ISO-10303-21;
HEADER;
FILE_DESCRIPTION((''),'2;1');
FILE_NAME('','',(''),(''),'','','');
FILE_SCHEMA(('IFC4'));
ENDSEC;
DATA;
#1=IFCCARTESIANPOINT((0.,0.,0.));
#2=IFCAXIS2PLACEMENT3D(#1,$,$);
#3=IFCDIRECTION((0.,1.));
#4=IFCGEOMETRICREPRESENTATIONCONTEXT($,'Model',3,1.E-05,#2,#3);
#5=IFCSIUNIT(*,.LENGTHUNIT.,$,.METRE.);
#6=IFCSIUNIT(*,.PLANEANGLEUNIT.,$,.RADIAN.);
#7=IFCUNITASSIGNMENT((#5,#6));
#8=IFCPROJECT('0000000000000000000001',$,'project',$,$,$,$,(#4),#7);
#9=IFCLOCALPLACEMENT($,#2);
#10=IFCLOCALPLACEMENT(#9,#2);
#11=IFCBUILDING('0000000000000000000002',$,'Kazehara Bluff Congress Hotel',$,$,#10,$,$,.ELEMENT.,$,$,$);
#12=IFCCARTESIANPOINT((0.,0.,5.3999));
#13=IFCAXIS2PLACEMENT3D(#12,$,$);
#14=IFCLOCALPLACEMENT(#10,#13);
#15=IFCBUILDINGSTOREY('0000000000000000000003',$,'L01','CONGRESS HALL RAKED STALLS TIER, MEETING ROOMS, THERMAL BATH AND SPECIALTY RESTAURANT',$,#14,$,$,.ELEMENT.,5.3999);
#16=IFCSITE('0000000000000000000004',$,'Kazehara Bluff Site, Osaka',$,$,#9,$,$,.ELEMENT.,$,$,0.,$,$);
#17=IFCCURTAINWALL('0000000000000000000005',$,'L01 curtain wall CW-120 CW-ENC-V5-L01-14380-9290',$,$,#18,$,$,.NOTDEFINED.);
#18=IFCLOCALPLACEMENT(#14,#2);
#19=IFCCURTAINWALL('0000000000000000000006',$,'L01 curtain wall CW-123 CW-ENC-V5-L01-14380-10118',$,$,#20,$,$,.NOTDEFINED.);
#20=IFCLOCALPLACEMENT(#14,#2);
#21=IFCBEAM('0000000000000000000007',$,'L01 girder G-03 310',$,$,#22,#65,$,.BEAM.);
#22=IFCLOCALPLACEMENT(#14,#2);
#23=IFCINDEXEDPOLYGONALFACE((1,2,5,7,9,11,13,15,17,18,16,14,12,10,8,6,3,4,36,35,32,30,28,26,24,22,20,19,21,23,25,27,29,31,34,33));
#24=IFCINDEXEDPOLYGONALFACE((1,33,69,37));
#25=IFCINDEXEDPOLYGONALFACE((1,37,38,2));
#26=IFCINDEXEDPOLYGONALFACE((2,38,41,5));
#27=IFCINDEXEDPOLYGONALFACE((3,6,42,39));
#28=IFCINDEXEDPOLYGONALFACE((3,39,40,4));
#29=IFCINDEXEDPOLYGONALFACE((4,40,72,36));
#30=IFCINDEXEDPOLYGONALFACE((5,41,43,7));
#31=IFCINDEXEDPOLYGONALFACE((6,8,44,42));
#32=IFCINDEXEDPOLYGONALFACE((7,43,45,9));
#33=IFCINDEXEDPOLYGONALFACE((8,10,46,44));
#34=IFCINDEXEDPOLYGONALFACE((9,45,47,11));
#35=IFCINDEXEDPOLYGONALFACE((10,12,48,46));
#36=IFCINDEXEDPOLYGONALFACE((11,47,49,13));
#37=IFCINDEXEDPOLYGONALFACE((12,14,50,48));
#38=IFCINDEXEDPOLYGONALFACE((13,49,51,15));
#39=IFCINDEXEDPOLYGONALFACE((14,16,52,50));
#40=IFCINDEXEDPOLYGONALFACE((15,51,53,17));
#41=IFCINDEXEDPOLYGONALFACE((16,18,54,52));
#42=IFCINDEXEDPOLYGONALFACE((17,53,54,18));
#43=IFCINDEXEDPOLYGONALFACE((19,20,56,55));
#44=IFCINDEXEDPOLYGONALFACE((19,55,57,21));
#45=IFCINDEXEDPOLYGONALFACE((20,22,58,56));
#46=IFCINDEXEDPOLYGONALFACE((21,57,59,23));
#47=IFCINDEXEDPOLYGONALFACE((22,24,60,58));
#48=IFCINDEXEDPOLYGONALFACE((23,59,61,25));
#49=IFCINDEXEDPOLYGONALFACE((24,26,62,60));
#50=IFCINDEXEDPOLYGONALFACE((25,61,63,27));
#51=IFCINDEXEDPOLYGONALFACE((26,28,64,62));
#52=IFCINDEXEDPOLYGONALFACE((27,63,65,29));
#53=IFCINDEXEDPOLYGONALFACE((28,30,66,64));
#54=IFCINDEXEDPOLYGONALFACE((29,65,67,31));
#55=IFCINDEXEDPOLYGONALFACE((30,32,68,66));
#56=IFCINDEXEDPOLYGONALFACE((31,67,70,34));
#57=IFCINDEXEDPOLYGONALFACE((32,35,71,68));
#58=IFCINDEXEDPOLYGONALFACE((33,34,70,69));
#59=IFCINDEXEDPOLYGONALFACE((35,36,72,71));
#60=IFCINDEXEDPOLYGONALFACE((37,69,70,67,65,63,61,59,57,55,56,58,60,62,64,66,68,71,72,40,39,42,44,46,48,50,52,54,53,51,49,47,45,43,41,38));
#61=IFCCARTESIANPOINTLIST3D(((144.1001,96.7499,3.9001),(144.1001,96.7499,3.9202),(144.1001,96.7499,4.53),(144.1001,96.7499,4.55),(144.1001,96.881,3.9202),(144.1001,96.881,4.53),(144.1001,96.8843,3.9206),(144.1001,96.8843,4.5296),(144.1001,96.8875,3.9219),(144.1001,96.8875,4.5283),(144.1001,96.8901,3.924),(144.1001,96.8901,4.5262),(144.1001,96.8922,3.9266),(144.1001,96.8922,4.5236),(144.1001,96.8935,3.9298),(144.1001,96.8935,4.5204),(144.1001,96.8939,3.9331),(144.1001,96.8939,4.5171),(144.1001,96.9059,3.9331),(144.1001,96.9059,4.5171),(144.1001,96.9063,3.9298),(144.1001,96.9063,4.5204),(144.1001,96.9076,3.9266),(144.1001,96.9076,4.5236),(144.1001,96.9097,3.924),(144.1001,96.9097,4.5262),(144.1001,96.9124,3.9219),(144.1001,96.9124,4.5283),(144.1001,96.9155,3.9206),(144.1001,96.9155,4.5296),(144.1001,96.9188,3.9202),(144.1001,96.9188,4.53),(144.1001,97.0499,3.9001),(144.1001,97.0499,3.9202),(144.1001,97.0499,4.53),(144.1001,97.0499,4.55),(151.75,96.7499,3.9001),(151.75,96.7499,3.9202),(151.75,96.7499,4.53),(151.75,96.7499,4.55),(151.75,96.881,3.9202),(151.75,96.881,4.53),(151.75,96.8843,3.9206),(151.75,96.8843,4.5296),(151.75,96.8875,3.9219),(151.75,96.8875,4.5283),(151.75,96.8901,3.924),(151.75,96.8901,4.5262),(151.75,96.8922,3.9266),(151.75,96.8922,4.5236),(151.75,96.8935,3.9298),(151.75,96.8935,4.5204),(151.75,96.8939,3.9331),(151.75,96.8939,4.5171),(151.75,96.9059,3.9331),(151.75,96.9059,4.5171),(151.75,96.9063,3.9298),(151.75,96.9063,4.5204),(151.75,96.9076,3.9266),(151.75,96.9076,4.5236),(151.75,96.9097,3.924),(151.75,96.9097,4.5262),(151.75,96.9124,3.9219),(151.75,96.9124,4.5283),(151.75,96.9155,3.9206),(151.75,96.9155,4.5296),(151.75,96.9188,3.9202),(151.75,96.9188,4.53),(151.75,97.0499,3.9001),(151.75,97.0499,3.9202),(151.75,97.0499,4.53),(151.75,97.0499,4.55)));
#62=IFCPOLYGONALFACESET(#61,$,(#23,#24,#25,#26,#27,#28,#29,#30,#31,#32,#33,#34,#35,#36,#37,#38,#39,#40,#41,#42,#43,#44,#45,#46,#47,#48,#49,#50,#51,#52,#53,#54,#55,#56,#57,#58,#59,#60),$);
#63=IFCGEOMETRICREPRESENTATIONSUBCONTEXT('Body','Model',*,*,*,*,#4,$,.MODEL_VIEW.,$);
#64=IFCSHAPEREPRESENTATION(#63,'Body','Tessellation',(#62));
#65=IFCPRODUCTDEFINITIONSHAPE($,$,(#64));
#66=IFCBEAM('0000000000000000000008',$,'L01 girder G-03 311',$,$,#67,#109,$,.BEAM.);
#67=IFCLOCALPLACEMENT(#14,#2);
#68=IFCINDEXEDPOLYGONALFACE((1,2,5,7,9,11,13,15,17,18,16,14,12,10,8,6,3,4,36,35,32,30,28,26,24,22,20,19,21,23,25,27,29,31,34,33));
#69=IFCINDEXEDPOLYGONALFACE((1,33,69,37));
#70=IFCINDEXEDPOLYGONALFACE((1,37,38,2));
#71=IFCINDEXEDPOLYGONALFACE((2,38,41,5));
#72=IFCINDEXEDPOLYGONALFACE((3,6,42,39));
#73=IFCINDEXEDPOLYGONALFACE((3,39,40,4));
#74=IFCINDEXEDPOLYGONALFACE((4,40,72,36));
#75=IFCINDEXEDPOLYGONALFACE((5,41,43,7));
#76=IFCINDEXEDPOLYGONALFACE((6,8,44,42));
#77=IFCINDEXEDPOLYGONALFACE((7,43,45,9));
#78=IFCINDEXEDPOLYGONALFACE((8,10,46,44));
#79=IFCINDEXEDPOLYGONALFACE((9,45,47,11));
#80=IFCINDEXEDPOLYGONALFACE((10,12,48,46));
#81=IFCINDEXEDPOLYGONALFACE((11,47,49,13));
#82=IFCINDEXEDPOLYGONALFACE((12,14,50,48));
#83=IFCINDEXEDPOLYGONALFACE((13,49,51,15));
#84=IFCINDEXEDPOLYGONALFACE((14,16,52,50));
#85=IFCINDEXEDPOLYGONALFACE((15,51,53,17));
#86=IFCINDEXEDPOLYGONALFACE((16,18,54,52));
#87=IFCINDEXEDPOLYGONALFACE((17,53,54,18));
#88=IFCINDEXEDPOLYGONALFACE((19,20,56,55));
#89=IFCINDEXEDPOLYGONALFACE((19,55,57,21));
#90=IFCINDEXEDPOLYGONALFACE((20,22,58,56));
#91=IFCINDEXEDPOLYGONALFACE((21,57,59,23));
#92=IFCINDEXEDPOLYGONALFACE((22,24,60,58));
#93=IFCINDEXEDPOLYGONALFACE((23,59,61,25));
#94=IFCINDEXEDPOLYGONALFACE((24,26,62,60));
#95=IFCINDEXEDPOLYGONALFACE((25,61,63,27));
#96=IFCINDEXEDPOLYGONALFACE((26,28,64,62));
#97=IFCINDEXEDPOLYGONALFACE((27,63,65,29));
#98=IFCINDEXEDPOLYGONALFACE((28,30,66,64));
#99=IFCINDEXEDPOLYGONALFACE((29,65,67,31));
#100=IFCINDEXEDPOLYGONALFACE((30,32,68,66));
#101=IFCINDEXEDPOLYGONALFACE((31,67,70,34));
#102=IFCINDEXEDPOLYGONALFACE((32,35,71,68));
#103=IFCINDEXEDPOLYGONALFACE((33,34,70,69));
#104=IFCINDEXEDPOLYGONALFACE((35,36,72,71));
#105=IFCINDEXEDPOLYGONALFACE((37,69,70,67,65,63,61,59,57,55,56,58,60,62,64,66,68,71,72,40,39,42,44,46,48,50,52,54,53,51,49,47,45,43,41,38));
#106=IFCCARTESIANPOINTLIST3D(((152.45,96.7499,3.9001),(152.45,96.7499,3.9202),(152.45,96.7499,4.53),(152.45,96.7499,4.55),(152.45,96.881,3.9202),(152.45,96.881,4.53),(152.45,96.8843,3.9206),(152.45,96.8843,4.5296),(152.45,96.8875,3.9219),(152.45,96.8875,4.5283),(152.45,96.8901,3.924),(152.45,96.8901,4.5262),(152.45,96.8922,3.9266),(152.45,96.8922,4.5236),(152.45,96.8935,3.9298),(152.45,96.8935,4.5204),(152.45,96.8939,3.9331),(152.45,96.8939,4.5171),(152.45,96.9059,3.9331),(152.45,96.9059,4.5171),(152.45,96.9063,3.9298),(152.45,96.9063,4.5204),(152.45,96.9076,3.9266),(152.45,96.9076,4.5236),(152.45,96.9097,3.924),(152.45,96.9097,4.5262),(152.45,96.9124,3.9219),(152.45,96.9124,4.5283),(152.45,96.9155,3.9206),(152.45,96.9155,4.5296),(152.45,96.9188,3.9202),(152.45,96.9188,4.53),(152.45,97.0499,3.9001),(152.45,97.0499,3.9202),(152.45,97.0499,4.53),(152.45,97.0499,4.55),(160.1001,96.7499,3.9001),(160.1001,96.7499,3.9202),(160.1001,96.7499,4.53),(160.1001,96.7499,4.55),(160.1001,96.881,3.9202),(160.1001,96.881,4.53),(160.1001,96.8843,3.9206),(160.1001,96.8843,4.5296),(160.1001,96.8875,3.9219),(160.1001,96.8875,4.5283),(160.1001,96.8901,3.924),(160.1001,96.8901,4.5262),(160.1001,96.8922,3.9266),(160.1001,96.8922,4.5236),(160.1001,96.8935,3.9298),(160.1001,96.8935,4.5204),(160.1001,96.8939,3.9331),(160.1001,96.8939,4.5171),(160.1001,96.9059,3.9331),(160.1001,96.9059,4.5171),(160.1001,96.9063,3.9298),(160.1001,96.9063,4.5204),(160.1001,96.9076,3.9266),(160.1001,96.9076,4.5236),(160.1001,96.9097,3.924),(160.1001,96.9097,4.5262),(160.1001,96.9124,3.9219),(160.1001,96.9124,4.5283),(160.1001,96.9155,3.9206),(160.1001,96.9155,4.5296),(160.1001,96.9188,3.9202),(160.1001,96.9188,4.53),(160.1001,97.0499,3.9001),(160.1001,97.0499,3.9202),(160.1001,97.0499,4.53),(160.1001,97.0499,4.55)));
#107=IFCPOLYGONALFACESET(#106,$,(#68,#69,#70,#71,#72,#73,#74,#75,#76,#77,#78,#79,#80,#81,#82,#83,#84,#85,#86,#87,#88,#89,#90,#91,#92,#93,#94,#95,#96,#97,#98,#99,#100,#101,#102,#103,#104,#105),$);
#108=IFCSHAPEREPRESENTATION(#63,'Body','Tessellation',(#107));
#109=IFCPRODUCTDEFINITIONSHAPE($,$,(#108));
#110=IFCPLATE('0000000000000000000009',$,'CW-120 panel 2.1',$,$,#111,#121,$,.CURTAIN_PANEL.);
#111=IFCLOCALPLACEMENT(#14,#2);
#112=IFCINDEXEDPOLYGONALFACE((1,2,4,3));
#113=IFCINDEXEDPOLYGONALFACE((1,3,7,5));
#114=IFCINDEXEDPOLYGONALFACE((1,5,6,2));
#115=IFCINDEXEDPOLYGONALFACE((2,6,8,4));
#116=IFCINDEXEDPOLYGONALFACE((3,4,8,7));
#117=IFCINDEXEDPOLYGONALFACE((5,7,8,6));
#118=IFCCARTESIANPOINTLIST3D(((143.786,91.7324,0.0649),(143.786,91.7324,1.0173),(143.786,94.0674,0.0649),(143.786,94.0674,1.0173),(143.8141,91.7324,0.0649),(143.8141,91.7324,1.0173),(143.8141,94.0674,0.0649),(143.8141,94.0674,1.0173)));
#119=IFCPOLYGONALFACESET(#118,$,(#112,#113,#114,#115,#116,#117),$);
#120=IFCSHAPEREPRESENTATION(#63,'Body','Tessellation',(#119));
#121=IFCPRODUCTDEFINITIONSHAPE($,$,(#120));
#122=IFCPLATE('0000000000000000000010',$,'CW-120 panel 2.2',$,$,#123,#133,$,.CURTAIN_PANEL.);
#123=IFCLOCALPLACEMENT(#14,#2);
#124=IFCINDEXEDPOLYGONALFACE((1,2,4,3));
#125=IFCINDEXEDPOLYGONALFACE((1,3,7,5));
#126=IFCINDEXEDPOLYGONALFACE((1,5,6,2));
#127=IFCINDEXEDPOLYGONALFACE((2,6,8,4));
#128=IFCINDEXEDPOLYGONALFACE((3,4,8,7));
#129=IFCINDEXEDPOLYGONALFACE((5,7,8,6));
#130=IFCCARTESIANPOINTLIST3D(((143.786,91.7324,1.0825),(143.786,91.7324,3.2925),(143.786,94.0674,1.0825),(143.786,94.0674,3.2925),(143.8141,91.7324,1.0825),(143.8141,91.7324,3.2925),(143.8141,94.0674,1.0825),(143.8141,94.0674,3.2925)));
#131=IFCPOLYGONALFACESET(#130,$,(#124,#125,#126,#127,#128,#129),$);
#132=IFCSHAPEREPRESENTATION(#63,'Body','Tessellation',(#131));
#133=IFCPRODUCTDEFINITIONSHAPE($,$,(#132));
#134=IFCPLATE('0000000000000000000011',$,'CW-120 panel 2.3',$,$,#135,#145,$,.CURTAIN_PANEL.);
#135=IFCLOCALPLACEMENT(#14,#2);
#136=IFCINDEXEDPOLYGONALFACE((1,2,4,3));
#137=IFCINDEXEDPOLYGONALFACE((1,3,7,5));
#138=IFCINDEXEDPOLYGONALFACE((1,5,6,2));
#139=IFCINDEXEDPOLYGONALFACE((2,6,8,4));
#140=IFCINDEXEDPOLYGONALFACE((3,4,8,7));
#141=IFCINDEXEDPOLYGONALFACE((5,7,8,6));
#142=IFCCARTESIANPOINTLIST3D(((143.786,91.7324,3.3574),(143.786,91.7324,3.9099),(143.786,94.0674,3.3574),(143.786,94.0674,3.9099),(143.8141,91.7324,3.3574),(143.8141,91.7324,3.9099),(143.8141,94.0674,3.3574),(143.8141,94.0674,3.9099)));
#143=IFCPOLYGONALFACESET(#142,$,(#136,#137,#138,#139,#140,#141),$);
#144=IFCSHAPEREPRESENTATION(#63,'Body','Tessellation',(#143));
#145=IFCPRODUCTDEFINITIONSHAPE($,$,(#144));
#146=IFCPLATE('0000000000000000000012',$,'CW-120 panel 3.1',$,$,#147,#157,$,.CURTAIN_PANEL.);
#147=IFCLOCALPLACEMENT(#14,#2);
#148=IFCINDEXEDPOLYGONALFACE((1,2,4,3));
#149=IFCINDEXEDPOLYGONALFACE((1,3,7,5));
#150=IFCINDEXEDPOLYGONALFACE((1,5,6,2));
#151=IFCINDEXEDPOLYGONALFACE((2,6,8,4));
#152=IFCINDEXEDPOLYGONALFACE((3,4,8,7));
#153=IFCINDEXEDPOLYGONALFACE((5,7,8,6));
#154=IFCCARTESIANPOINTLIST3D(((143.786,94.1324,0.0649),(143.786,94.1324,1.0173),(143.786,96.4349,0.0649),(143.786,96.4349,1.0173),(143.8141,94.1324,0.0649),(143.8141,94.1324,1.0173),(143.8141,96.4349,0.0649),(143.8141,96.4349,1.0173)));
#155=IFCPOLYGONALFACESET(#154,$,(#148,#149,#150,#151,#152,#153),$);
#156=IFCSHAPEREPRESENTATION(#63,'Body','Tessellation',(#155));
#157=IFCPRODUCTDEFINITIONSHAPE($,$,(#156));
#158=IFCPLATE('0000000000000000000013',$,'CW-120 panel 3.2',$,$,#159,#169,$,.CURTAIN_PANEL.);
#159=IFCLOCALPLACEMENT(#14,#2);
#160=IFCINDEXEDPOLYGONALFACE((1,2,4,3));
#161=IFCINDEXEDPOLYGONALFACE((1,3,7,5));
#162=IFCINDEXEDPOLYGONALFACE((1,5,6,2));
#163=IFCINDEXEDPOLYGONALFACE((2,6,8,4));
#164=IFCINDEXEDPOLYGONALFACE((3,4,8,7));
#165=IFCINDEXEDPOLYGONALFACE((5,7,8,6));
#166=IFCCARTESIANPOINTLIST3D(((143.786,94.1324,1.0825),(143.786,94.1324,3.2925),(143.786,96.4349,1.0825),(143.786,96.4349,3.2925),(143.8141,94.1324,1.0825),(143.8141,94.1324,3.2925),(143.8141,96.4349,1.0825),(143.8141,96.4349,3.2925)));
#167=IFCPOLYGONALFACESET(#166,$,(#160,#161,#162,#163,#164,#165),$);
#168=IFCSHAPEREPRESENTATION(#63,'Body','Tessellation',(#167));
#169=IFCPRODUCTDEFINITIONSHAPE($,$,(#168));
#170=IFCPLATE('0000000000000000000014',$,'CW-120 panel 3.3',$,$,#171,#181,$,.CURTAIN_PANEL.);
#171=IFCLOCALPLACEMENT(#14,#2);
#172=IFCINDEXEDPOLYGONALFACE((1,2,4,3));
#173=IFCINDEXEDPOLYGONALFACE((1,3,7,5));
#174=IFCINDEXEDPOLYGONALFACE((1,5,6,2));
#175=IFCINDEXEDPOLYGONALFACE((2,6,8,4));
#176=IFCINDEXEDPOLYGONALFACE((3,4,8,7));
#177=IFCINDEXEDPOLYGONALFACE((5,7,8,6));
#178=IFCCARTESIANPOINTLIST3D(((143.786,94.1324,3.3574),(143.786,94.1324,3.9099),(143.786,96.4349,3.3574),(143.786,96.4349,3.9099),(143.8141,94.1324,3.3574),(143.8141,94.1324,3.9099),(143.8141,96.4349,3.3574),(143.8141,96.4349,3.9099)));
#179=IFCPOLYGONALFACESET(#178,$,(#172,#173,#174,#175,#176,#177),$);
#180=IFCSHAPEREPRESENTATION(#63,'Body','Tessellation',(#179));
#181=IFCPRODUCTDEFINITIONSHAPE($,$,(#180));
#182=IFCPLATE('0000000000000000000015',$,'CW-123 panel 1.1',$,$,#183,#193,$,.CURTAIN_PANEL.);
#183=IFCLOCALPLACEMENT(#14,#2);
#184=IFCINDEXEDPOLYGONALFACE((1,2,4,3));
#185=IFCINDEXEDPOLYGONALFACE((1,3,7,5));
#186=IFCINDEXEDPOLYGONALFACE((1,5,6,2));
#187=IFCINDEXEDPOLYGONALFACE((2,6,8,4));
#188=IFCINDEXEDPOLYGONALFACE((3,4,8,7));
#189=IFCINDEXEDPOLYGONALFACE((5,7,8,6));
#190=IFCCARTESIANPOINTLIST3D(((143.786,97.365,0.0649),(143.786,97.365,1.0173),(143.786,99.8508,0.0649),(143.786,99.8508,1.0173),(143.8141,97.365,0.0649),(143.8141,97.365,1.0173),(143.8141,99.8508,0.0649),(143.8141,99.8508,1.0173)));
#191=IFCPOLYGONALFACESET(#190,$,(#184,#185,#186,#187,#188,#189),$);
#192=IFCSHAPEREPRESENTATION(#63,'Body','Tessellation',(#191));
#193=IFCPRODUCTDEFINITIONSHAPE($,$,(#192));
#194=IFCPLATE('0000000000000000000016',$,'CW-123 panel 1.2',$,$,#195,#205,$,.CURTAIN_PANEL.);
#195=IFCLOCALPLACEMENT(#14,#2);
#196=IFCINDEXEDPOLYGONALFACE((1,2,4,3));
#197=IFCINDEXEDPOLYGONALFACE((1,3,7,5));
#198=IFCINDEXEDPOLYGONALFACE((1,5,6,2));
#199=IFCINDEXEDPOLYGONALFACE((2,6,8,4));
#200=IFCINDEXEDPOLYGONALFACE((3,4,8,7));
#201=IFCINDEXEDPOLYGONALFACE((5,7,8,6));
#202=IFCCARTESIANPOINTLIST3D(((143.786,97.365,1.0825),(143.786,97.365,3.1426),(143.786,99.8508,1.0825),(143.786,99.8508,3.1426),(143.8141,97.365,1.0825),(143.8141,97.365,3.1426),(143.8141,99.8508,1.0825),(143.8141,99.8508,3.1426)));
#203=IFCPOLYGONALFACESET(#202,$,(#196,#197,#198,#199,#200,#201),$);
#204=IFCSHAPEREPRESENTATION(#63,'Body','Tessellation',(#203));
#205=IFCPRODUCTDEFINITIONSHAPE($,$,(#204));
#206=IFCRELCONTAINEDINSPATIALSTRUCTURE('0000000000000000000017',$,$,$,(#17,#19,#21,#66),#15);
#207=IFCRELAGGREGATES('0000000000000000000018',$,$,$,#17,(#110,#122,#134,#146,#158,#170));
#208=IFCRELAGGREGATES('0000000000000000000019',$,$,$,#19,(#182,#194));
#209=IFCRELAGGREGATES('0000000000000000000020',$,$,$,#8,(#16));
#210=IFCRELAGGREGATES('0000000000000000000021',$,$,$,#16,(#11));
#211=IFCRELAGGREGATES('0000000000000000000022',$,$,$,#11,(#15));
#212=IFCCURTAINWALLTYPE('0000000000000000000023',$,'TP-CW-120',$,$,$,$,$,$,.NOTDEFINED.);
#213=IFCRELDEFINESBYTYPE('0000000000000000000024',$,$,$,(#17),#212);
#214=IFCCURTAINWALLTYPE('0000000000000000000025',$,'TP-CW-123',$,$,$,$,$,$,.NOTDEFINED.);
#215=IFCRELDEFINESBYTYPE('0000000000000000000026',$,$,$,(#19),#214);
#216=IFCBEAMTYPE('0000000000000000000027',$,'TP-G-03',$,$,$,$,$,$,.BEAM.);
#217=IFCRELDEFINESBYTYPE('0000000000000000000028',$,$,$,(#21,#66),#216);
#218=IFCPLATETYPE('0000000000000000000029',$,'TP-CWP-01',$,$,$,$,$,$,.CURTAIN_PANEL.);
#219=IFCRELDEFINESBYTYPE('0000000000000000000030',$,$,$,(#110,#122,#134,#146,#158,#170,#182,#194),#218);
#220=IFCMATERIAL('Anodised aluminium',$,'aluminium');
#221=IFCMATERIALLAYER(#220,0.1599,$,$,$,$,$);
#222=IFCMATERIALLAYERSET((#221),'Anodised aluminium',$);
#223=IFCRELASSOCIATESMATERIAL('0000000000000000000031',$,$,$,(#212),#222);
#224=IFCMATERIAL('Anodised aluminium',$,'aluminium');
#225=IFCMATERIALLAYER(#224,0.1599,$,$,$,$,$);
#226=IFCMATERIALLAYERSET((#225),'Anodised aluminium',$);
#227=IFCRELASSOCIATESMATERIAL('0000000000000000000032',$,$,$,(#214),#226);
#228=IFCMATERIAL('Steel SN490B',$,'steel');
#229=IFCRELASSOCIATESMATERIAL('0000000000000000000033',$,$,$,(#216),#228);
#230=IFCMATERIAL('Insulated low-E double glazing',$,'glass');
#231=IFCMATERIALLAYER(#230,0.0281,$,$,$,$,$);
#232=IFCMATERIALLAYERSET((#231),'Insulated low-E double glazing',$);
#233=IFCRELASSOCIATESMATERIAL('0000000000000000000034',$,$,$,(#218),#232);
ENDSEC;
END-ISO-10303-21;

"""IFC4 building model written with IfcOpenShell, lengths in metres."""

from ifc_helpers import new_model, si_unit, direction, frame, origin, origin_2d, place, context, subcontext, project, spatial, rectangle, i_section, extrude, material, layer, layer_set, material_profile, profile_set, type_object, element, aggregate, save


model = new_model("IFC4")

# Units and contexts
model_context = context("Model", 3, precision=1e-05, world=origin(), true_north=direction((0.0, 1.0)))
body_context = subcontext(model_context, "Body", "Model", "MODEL_VIEW")
ifc_project = project(units=[si_unit("LENGTHUNIT", "METRE"), si_unit("PLANEANGLEUNIT", "RADIAN")], contexts=[model_context])

# Site, building, storey
site_placement = place(None, origin())
site = spatial("IfcSite", under=ifc_project, at=site_placement, Name="Kazehara Bluff Site, Osaka", CompositionType="ELEMENT", RefElevation=0.0)
building_placement = place(site_placement, origin())
building = spatial("IfcBuilding", under=site, at=building_placement, Name="Kazehara Bluff Congress Hotel", CompositionType="ELEMENT")
storey_placement = place(building_placement, frame((0.0, 0.0, 5.3999)))
storey = spatial("IfcBuildingStorey", under=building, at=storey_placement, Name="L01", Description="CONGRESS HALL RAKED STALLS TIER, MEETING ROOMS, THERMAL BATH AND SPECIALTY RESTAURANT", CompositionType="ELEMENT", Elevation=5.3999)

# Curtain walls
ifc_material_1 = material(Name="Anodised aluminium", Category="aluminium")
ifc_layer_1 = layer(ifc_material_1, 0.1599)
ifc_layer_set_1 = layer_set([ifc_layer_1], Name="Anodised aluminium")
curtain_wall_type_1 = type_object("IfcCurtainWallType", Name="TP-CW-120", PredefinedType="NOTDEFINED", material=ifc_layer_set_1)
curtain_wall_1_placement = place(storey_placement, origin())
curtain_wall_1 = element("IfcCurtainWall", 1, at=curtain_wall_1_placement, inside=storey, type_object=curtain_wall_type_1, Name="L01 curtain wall CW-120 CW-ENC-V5-L01-14380-9290", PredefinedType="NOTDEFINED")
ifc_material_2 = material(Name="Anodised aluminium", Category="aluminium")
ifc_layer_2 = layer(ifc_material_2, 0.1599)
ifc_layer_set_2 = layer_set([ifc_layer_2], Name="Anodised aluminium")
curtain_wall_type_2 = type_object("IfcCurtainWallType", Name="TP-CW-123", PredefinedType="NOTDEFINED", material=ifc_layer_set_2)
curtain_wall_2_placement = place(storey_placement, origin())
curtain_wall_2 = element("IfcCurtainWall", 2, at=curtain_wall_2_placement, inside=storey, type_object=curtain_wall_type_2, Name="L01 curtain wall CW-123 CW-ENC-V5-L01-14380-10118", PredefinedType="NOTDEFINED")

# Beams
ifc_material_3 = material(Name="Steel SN490B", Category="steel")
ifc_material_profile_1 = material_profile(ifc_material_3, i_section(OverallWidth=0.3, OverallDepth=0.6499, WebThickness=0.012, FlangeThickness=0.02, FilletRadius=0.0129, at=origin_2d()))
ifc_profile_set_1 = profile_set([ifc_material_profile_1], Name="Steel SN490B")
beam_type = type_object("IfcBeamType", Name="TP-G-03", PredefinedType="BEAM", material=ifc_profile_set_1)
beam_1_placement = place(storey_placement, frame((144.1001, 96.8999, 4.2251), z_axis=(1.0, 0.0, 0.0), x_axis=(0.0, 1.0, 0.0)))
element("IfcBeam", 3, at=beam_1_placement, inside=storey, type_object=beam_type, Name="L01 girder G-03 310", PredefinedType="BEAM", context=body_context, shape_type="SweptSolid", body=[
    extrude(i_section(OverallWidth=0.3, OverallDepth=0.6499, WebThickness=0.012, FlangeThickness=0.02, FilletRadius=0.0129, at=origin_2d()), origin(), (0.0, 0.0, 1.0), 7.6499),
])
beam_2_placement = place(storey_placement, frame((152.45, 96.8999, 4.2251), z_axis=(1.0, 0.0, 0.0), x_axis=(0.0, 1.0, 0.0)))
element("IfcBeam", 4, at=beam_2_placement, inside=storey, type_object=beam_type, Name="L01 girder G-03 311", PredefinedType="BEAM", context=body_context, shape_type="SweptSolid", body=[
    extrude(i_section(OverallWidth=0.3, OverallDepth=0.6499, WebThickness=0.012, FlangeThickness=0.02, FilletRadius=0.0129, at=origin_2d()), origin(), (0.0, 0.0, 1.0), 7.6501),
])

# Plates
ifc_material_4 = material(Name="Insulated low-E double glazing", Category="glass")
ifc_layer_3 = layer(ifc_material_4, 0.0281)
ifc_layer_set_3 = layer_set([ifc_layer_3], Name="Insulated low-E double glazing")
plate_type = type_object("IfcPlateType", Name="TP-CWP-01", PredefinedType="CURTAIN_PANEL", material=ifc_layer_set_3)
plate_1_placement = place(storey_placement, frame((143.8, 92.8999, 0.0649), z_axis=(0.0, 0.0, 1.0), x_axis=(0.0, 1.0, 0.0)))
plate_1 = element("IfcPlate", 5, at=plate_1_placement, type_object=plate_type, Name="CW-120 panel 2.1", PredefinedType="CURTAIN_PANEL", context=body_context, shape_type="SweptSolid", body=[
    extrude(rectangle(XDim=2.335, YDim=0.0281, at=origin_2d()), origin(), (0.0, 0.0, 1.0), 0.9524),
])
plate_2_placement = place(storey_placement, frame((143.8, 92.8999, 1.0825), z_axis=(0.0, 0.0, 1.0), x_axis=(0.0, 1.0, 0.0)))
plate_2 = element("IfcPlate", 6, at=plate_2_placement, type_object=plate_type, Name="CW-120 panel 2.2", PredefinedType="CURTAIN_PANEL", context=body_context, shape_type="SweptSolid", body=[
    extrude(rectangle(XDim=2.335, YDim=0.0281, at=origin_2d()), origin(), (0.0, 0.0, 1.0), 2.21),
])
plate_3_placement = place(storey_placement, frame((143.8, 92.8999, 3.3574), z_axis=(0.0, 0.0, 1.0), x_axis=(0.0, 1.0, 0.0)))
plate_3 = element("IfcPlate", 7, at=plate_3_placement, type_object=plate_type, Name="CW-120 panel 2.3", PredefinedType="CURTAIN_PANEL", context=body_context, shape_type="SweptSolid", body=[
    extrude(rectangle(XDim=2.335, YDim=0.0281, at=origin_2d()), origin(), (0.0, 0.0, 1.0), 0.5525),
])
plate_4_placement = place(storey_placement, frame((143.8, 95.2837, 0.0649), z_axis=(0.0, 0.0, 1.0), x_axis=(0.0, 1.0, 0.0)))
plate_4 = element("IfcPlate", 8, at=plate_4_placement, type_object=plate_type, Name="CW-120 panel 3.1", PredefinedType="CURTAIN_PANEL", context=body_context, shape_type="SweptSolid", body=[
    extrude(rectangle(XDim=2.3025, YDim=0.0281, at=origin_2d()), origin(), (0.0, 0.0, 1.0), 0.9524),
])
plate_5_placement = place(storey_placement, frame((143.8, 95.2837, 1.0825), z_axis=(0.0, 0.0, 1.0), x_axis=(0.0, 1.0, 0.0)))
plate_5 = element("IfcPlate", 9, at=plate_5_placement, type_object=plate_type, Name="CW-120 panel 3.2", PredefinedType="CURTAIN_PANEL", context=body_context, shape_type="SweptSolid", body=[
    extrude(rectangle(XDim=2.3025, YDim=0.0281, at=origin_2d()), origin(), (0.0, 0.0, 1.0), 2.21),
])
plate_6_placement = place(storey_placement, frame((143.8, 95.2837, 3.3574), z_axis=(0.0, 0.0, 1.0), x_axis=(0.0, 1.0, 0.0)))
plate_6 = element("IfcPlate", 10, at=plate_6_placement, type_object=plate_type, Name="CW-120 panel 3.3", PredefinedType="CURTAIN_PANEL", context=body_context, shape_type="SweptSolid", body=[
    extrude(rectangle(XDim=2.3025, YDim=0.0281, at=origin_2d()), origin(), (0.0, 0.0, 1.0), 0.5525),
])
aggregate(curtain_wall_1, [plate_1, plate_2, plate_3, plate_4, plate_5, plate_6])
plate_7_placement = place(storey_placement, frame((143.8, 98.6079, 0.0649), z_axis=(0.0, 0.0, 1.0), x_axis=(0.0, 1.0, 0.0)))
plate_7 = element("IfcPlate", 11, at=plate_7_placement, type_object=plate_type, Name="CW-123 panel 1.1", PredefinedType="CURTAIN_PANEL", context=body_context, shape_type="SweptSolid", body=[
    extrude(rectangle(XDim=2.4858, YDim=0.0281, at=origin_2d()), origin(), (0.0, 0.0, 1.0), 0.9524),
])
plate_8_placement = place(storey_placement, frame((143.8, 98.6079, 1.0825), z_axis=(0.0, 0.0, 1.0), x_axis=(0.0, 1.0, 0.0)))
plate_8 = element("IfcPlate", 12, at=plate_8_placement, type_object=plate_type, Name="CW-123 panel 1.2", PredefinedType="CURTAIN_PANEL", context=body_context, shape_type="SweptSolid", body=[
    extrude(rectangle(XDim=2.4858, YDim=0.0281, at=origin_2d()), origin(), (0.0, 0.0, 1.0), 2.0601),
])
aggregate(curtain_wall_2, [plate_7, plate_8])

save(model, "model.ifc")
